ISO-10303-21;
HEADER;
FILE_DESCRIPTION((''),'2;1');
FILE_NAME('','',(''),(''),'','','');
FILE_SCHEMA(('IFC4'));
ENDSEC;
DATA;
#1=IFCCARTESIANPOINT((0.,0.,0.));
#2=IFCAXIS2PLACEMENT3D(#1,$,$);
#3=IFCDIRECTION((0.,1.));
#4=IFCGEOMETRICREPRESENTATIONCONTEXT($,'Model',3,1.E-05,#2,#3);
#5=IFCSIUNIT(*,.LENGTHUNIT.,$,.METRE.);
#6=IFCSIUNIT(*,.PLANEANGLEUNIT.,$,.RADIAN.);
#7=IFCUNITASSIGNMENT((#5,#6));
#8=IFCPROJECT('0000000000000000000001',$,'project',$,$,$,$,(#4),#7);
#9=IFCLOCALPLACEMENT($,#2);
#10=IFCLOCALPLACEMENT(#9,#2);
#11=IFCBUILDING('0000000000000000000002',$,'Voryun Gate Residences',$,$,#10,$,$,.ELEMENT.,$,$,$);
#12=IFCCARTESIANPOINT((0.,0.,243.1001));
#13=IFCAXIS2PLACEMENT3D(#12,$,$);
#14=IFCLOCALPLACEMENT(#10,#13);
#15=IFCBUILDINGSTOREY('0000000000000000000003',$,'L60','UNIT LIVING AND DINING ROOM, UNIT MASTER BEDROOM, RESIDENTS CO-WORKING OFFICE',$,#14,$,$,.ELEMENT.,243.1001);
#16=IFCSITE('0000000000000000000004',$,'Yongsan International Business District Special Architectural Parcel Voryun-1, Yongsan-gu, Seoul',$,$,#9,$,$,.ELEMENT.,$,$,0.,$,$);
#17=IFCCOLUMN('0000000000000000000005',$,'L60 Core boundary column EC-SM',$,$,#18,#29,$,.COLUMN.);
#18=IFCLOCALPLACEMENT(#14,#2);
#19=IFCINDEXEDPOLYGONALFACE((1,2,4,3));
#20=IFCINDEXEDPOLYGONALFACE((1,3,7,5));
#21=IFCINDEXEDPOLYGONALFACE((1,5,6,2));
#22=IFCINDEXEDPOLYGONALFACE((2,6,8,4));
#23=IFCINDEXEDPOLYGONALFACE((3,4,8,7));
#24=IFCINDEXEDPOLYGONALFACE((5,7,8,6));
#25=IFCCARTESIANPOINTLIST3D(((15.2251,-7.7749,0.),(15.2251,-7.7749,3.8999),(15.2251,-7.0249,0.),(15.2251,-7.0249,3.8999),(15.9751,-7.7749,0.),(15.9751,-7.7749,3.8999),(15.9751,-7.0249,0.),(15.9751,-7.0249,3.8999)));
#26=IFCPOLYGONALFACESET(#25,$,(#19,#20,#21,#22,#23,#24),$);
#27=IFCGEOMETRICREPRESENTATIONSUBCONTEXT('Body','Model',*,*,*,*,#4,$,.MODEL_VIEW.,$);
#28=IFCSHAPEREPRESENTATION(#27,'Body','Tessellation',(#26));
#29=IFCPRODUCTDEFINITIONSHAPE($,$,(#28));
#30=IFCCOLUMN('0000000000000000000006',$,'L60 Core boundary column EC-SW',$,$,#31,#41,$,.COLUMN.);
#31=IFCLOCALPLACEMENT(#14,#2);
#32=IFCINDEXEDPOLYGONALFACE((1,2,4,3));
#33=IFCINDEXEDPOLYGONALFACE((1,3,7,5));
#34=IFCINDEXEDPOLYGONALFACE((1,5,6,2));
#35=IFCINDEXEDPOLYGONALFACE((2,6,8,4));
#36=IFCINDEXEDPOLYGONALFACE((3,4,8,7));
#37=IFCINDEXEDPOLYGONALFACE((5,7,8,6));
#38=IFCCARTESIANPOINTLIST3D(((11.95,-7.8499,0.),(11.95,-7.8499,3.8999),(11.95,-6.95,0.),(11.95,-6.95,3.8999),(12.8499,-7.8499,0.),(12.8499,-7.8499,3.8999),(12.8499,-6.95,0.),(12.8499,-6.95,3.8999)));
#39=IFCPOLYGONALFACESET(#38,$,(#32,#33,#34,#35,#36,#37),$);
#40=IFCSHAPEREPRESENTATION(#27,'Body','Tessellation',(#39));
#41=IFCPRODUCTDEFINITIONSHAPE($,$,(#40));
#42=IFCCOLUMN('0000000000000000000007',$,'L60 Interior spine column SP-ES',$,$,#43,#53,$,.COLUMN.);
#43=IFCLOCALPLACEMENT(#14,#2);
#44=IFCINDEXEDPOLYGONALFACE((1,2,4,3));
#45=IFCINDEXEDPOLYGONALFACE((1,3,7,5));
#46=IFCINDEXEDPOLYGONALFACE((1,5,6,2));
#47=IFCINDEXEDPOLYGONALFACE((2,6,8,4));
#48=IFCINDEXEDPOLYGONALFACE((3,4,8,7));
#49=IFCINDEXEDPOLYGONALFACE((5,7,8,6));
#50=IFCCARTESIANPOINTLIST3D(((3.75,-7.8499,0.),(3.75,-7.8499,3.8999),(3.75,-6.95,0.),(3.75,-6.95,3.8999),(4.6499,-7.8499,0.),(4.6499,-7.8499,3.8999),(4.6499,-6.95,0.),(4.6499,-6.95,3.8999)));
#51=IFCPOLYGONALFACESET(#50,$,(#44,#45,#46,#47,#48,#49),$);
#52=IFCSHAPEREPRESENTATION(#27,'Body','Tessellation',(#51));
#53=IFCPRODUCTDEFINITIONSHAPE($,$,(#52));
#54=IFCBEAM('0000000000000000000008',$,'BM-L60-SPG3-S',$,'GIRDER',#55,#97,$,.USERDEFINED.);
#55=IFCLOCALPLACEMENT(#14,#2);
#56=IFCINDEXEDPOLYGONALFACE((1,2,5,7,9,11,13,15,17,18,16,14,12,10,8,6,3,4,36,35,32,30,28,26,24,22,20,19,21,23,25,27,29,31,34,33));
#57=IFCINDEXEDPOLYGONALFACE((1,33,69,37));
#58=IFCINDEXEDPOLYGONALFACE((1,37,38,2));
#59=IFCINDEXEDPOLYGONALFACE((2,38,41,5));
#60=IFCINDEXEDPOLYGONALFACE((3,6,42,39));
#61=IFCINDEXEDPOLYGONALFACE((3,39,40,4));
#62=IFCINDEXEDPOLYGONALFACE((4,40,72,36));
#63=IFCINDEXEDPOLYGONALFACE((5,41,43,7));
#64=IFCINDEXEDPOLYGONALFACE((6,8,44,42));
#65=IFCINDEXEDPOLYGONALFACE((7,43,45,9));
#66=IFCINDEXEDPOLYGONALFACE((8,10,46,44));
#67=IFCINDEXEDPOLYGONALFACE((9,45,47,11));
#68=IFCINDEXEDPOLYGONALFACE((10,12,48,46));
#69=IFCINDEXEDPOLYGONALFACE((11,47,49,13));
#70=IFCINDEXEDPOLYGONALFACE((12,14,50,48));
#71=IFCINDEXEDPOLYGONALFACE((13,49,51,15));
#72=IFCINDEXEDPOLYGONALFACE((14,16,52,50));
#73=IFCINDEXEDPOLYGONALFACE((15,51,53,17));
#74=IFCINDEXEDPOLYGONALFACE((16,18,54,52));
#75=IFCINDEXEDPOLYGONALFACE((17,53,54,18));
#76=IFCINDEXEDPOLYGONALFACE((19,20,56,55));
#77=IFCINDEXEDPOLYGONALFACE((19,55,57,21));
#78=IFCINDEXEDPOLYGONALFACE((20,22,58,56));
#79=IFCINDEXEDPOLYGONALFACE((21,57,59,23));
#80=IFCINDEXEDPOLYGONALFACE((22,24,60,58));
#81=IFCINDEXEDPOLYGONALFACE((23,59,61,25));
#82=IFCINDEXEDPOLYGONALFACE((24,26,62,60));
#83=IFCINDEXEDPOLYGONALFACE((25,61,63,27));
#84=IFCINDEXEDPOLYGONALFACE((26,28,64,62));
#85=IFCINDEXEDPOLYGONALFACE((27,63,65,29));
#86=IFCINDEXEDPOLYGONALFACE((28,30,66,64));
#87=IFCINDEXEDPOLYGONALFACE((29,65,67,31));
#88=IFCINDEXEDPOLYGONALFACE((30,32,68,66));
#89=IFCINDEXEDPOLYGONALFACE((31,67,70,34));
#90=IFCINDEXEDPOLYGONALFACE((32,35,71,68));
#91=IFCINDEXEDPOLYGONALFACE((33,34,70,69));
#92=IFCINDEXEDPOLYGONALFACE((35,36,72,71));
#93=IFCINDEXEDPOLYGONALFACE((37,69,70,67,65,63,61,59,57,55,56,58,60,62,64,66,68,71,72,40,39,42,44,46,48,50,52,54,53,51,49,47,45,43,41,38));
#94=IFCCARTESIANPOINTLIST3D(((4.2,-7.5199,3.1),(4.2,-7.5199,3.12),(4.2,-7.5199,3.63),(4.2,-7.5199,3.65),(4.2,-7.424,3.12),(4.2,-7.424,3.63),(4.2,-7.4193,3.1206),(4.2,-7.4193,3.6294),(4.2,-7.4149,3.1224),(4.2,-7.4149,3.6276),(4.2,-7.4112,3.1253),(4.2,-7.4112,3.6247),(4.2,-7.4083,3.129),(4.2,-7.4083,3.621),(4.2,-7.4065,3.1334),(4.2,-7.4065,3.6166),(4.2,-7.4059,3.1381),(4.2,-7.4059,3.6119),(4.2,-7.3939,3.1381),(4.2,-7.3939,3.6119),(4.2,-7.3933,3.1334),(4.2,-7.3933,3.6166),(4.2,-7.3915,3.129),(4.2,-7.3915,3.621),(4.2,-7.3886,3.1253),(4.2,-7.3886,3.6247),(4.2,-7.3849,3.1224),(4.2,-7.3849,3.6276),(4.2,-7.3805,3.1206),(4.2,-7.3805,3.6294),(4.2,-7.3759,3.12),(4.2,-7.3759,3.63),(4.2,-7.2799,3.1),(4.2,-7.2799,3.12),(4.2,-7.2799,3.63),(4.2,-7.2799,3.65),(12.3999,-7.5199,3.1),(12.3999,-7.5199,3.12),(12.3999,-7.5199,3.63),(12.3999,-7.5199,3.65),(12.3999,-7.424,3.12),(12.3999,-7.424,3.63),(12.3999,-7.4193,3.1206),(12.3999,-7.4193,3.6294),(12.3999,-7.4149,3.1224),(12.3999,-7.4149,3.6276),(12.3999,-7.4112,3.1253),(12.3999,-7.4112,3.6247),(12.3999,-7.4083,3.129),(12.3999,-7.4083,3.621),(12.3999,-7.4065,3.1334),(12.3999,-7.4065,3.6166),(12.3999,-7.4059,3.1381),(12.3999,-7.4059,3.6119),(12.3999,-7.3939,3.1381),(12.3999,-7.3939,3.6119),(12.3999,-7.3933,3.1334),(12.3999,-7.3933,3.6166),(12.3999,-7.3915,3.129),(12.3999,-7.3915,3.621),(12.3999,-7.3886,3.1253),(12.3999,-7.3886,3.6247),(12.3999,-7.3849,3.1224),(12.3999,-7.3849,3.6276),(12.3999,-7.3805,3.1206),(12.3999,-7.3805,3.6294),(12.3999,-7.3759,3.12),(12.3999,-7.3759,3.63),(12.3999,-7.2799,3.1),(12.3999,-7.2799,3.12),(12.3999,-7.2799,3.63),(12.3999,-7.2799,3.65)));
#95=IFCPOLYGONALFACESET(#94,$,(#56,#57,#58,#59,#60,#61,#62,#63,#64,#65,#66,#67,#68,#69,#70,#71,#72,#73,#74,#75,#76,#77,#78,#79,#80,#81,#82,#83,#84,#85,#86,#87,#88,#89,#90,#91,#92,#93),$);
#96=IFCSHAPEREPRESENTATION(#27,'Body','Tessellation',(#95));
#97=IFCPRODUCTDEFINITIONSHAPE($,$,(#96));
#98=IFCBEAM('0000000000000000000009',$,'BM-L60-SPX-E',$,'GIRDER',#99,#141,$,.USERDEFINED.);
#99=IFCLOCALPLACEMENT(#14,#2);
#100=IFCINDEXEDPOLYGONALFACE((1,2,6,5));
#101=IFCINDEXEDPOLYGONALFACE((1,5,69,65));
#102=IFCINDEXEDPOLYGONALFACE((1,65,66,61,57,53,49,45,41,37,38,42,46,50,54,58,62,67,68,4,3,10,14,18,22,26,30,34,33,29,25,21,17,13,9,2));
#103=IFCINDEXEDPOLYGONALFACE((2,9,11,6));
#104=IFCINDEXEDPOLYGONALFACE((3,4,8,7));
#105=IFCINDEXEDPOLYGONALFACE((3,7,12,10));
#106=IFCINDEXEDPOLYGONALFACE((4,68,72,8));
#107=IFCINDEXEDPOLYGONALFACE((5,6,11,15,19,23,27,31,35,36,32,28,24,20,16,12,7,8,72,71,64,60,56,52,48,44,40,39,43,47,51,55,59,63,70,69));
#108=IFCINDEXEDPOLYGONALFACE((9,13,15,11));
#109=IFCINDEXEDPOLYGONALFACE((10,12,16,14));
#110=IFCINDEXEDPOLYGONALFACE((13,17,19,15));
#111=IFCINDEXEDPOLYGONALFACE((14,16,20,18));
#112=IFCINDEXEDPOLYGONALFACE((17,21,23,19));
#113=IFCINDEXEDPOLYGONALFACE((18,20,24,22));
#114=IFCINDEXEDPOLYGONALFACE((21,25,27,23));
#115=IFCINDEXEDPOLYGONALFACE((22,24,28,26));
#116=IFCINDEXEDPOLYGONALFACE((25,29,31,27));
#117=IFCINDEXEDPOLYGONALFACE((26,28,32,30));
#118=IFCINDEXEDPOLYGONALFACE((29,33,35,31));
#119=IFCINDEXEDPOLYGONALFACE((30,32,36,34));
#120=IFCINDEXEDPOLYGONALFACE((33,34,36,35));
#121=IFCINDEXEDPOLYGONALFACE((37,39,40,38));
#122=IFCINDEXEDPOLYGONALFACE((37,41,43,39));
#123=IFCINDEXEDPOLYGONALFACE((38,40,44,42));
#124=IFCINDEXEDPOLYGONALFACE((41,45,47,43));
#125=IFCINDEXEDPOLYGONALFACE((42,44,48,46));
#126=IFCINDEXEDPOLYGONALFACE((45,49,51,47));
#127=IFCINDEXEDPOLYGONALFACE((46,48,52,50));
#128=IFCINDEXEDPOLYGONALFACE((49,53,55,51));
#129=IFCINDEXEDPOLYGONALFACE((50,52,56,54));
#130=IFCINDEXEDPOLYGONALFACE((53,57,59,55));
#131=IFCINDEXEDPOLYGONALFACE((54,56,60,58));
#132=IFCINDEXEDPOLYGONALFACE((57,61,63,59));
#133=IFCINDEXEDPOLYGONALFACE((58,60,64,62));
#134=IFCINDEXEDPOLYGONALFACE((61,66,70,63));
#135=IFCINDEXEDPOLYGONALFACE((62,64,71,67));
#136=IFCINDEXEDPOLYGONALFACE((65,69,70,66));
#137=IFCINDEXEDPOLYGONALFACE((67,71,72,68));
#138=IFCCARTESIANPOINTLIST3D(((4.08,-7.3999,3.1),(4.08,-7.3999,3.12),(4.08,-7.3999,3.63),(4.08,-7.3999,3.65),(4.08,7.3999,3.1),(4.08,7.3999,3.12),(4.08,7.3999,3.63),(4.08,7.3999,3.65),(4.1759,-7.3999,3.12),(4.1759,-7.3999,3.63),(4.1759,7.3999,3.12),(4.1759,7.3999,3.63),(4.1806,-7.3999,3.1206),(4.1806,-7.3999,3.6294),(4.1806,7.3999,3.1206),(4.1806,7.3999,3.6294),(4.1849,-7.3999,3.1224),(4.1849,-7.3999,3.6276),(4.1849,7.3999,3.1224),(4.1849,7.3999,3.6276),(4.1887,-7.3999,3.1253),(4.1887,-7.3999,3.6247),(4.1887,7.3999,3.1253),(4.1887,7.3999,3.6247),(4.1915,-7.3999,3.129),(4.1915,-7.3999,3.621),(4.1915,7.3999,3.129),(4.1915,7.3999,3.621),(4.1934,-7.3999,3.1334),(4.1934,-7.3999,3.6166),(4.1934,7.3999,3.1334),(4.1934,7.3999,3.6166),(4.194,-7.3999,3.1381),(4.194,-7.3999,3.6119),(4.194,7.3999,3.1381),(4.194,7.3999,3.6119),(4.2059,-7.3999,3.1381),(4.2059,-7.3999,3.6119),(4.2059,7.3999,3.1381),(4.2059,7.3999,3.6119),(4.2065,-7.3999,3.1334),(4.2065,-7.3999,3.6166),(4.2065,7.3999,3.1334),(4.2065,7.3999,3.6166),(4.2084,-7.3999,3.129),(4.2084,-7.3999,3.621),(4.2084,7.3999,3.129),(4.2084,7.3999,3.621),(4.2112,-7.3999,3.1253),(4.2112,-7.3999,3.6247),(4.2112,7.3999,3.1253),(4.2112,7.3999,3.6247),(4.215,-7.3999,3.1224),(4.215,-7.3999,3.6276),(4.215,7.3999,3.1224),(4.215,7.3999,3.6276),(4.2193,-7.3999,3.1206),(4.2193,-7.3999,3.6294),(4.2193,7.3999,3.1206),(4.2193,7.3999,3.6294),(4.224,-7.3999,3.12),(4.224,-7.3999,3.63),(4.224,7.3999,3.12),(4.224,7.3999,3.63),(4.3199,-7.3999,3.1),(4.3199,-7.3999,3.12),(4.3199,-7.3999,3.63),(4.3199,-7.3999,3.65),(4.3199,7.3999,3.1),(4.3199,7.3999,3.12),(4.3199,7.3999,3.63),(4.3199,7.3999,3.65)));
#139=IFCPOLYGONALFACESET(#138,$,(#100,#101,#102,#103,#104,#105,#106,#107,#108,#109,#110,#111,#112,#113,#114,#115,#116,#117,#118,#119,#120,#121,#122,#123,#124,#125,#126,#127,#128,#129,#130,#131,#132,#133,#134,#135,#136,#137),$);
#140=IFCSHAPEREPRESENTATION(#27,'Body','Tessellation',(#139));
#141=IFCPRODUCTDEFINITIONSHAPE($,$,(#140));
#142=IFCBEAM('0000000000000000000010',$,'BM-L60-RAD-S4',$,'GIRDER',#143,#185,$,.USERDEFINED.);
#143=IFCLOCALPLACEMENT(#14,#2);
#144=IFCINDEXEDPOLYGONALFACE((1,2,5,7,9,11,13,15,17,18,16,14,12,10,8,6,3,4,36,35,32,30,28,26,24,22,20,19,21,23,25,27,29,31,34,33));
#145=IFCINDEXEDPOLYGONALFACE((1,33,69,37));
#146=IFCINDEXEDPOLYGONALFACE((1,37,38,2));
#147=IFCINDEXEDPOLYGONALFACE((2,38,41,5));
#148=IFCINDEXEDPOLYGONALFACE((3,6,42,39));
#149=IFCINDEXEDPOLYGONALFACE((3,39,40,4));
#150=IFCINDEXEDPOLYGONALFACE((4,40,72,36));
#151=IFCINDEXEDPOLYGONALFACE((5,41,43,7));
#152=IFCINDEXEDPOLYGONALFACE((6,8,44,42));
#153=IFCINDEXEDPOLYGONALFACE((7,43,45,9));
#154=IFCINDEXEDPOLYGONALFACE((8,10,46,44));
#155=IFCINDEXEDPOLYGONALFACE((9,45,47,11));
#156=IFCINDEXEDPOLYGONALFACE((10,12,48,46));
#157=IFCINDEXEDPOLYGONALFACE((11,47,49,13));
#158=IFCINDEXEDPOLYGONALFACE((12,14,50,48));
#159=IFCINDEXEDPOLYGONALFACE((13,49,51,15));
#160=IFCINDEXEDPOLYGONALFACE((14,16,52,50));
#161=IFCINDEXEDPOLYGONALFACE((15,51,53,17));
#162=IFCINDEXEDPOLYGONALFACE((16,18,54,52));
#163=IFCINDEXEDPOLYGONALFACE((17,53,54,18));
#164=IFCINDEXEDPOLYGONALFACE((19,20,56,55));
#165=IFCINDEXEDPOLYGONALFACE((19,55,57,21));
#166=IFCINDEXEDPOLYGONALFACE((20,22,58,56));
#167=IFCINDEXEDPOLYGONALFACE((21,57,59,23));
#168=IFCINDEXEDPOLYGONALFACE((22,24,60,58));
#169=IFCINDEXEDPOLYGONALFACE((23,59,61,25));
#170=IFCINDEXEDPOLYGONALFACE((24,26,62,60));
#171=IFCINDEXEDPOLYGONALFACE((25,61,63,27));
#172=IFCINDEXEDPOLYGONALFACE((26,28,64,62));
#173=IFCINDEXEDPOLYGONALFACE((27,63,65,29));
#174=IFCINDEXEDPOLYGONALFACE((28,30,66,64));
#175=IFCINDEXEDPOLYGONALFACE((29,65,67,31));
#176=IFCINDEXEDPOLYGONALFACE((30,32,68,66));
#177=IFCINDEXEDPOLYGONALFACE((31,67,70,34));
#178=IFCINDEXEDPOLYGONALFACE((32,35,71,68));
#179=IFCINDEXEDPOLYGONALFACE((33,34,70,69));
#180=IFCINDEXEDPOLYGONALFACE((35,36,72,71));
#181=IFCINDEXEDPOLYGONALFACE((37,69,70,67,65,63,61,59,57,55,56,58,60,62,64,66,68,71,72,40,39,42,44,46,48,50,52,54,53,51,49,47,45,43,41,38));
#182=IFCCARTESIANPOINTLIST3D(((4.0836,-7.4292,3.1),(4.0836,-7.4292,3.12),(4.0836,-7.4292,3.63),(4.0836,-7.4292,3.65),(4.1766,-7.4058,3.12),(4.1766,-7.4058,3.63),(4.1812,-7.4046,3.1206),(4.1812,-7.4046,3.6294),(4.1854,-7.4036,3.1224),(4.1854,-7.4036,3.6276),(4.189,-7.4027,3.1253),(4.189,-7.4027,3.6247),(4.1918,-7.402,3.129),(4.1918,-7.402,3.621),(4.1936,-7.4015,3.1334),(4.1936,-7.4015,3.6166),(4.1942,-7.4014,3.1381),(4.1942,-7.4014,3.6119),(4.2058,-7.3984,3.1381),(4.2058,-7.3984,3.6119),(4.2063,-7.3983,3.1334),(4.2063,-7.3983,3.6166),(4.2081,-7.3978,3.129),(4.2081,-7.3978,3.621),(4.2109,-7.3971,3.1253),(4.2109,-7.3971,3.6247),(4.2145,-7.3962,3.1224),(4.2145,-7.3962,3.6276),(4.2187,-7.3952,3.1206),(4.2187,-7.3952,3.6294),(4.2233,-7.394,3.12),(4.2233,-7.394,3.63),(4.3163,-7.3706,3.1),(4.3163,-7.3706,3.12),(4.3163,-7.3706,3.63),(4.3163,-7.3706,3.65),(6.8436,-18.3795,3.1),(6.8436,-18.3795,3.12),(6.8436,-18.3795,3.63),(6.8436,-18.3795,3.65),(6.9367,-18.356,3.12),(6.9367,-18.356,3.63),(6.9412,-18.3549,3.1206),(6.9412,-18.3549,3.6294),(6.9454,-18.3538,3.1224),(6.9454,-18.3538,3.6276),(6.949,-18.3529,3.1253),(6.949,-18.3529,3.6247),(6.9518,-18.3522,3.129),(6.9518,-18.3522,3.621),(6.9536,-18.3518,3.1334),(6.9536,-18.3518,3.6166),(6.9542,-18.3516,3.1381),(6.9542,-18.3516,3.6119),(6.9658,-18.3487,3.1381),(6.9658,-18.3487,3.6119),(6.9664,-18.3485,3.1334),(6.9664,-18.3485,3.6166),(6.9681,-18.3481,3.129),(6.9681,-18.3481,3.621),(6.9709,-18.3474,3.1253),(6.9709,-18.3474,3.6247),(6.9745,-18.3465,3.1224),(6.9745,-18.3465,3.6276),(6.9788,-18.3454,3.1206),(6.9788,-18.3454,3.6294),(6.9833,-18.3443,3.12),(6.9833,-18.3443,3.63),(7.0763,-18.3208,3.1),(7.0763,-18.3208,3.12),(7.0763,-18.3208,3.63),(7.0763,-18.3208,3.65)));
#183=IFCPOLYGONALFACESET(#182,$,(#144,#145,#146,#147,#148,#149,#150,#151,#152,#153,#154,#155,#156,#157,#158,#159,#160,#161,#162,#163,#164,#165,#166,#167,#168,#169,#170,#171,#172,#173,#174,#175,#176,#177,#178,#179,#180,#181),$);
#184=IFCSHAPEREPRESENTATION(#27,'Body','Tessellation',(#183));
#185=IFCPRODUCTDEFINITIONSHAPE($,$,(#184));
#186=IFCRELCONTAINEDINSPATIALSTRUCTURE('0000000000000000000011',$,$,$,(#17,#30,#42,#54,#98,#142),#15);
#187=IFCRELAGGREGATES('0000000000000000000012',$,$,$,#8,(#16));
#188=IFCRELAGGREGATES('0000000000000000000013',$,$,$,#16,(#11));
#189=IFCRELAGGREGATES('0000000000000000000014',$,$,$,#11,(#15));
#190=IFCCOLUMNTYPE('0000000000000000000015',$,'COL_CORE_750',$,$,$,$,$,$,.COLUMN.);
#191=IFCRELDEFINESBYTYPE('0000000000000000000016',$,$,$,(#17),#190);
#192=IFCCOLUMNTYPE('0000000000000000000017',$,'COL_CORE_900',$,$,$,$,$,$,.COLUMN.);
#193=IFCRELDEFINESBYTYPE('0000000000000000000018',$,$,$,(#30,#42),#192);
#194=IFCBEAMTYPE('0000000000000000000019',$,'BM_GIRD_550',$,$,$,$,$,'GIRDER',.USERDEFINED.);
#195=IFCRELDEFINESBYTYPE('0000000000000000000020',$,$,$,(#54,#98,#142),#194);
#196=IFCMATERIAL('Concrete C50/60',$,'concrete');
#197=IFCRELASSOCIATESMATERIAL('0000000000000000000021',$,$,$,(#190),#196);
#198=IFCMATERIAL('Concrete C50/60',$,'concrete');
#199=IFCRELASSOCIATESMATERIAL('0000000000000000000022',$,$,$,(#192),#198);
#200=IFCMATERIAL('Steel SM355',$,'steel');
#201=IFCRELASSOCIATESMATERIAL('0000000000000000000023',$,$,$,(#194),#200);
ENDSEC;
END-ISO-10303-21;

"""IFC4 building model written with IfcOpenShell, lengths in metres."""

from ifc_helpers import new_model, si_unit, direction, frame, origin, origin_2d, place, context, subcontext, project, spatial, rectangle, i_section, extrude, material, material_profile, profile_set, type_object, element, save


model = new_model("IFC4")

# Units and contexts
model_context = context("Model", 3, precision=1e-05, world=origin(), true_north=direction((0.0, 1.0)))
body_context = subcontext(model_context, "Body", "Model", "MODEL_VIEW")
ifc_project = project(units=[si_unit("LENGTHUNIT", "METRE"), si_unit("PLANEANGLEUNIT", "RADIAN")], contexts=[model_context])

# Site, building, storey
site_placement = place(None, origin())
site = spatial("IfcSite", under=ifc_project, at=site_placement, Name="Yongsan International Business District Special Architectural Parcel Voryun-1, Yongsan-gu, Seoul", CompositionType="ELEMENT", RefElevation=0.0)
building_placement = place(site_placement, origin())
building = spatial("IfcBuilding", under=site, at=building_placement, Name="Voryun Gate Residences", CompositionType="ELEMENT")
storey_placement = place(building_placement, frame((0.0, 0.0, 243.1001)))
storey = spatial("IfcBuildingStorey", under=building, at=storey_placement, Name="L60", Description="UNIT LIVING AND DINING ROOM, UNIT MASTER BEDROOM, RESIDENTS CO-WORKING OFFICE", CompositionType="ELEMENT", Elevation=243.1001)

# Columns
ifc_material_1 = material(Name="Concrete C50/60", Category="concrete")
ifc_material_profile_1 = material_profile(ifc_material_1, rectangle(XDim=0.75, YDim=0.75, at=origin_2d()), Name="RC-750x750")
ifc_profile_set_1 = profile_set([ifc_material_profile_1], Name="Concrete C50/60")
column_type_1 = type_object("IfcColumnType", Name="COL_CORE_750", PredefinedType="COLUMN", material=ifc_profile_set_1)
column_placement = place(storey_placement, frame((15.6001, -7.3999, 0.0), z_axis=(0.0, 0.0, 1.0), x_axis=(1.0, 0.0, 0.0)))
element("IfcColumn", 1, at=column_placement, inside=storey, type_object=column_type_1, Name="L60 Core boundary column EC-SM", PredefinedType="COLUMN", context=body_context, shape_type="SweptSolid", body=[
    extrude(rectangle(XDim=0.75, YDim=0.75, at=origin_2d()), origin(), (0.0, 0.0, 1.0), 3.8999),
])
ifc_material_2 = material(Name="Concrete C50/60", Category="concrete")
ifc_material_profile_2 = material_profile(ifc_material_2, rectangle(XDim=0.8999, YDim=0.8999, at=origin_2d()), Name="RC-900x900")
ifc_profile_set_2 = profile_set([ifc_material_profile_2], Name="Concrete C50/60")
column_type_2 = type_object("IfcColumnType", Name="COL_CORE_900", PredefinedType="COLUMN", material=ifc_profile_set_2)
for number, where, z_axis, x_axis, name in (
    (2, (12.3999, -7.3999, 0.0), (0.0, 0.0, 1.0), (1.0, 0.0, 0.0), "L60 Core boundary column EC-SW"),
    (3, (4.2, -7.3999, 0.0), (0.0, 0.0, 1.0), (1.0, 0.0, 0.0), "L60 Interior spine column SP-ES"),
):
    element("IfcColumn", number, at=place(storey_placement, frame(where, z_axis=z_axis, x_axis=x_axis)), inside=storey, type_object=column_type_2, Name=name, PredefinedType="COLUMN", context=body_context, shape_type="SweptSolid", body=[
        extrude(rectangle(XDim=0.8999, YDim=0.8999, at=origin_2d()), origin(), (0.0, 0.0, 1.0), 3.8999),
    ])

# Beams
ifc_material_3 = material(Name="Steel SM355", Category="steel")
ifc_material_profile_3 = material_profile(ifc_material_3, i_section(OverallWidth=0.24, OverallDepth=0.55, WebThickness=0.012, FlangeThickness=0.02, FilletRadius=0.0181, at=origin_2d()), Name="H-550x240x12x20")
ifc_profile_set_3 = profile_set([ifc_material_profile_3], Name="Steel SM355")
beam_type_1 = type_object("IfcBeamType", Name="BM_GIRD_550", ElementType="GIRDER", PredefinedType="USERDEFINED", material=ifc_profile_set_3)
beam_1_placement = place(storey_placement, frame((4.2, -7.3999, 3.375), z_axis=(1.0, 0.0, 0.0), x_axis=(0.0, 1.0, 0.0)))
element("IfcBeam", 4, at=beam_1_placement, inside=storey, type_object=beam_type_1, Name="BM-L60-SPG3-S", ObjectType="GIRDER", PredefinedType="USERDEFINED", context=body_context, shape_type="SweptSolid", body=[
    extrude(i_section(OverallWidth=0.24, OverallDepth=0.55, WebThickness=0.012, FlangeThickness=0.02, FilletRadius=0.0181, at=origin_2d()), origin(), (0.0, 0.0, 1.0), 8.2),
])
beam_2_placement = place(storey_placement, frame((4.2, -7.3999, 3.375), z_axis=(0.0, 1.0, 0.0), x_axis=(-1.0, 0.0, 0.0)))
element("IfcBeam", 5, at=beam_2_placement, inside=storey, type_object=beam_type_1, Name="BM-L60-SPX-E", ObjectType="GIRDER", PredefinedType="USERDEFINED", context=body_context, shape_type="SweptSolid", body=[
    extrude(i_section(OverallWidth=0.24, OverallDepth=0.55, WebThickness=0.012, FlangeThickness=0.02, FilletRadius=0.0181, at=origin_2d()), origin(), (0.0, 0.0, 1.0), 14.7998),
])
beam_3_placement = place(storey_placement, frame((4.2, -7.3999, 3.375), z_axis=(0.244407, -0.969673, 0.0), x_axis=(0.969673, 0.244407, 0.0)))
element("IfcBeam", 6, at=beam_3_placement, inside=storey, type_object=beam_type_1, Name="BM-L60-RAD-S4", ObjectType="GIRDER", PredefinedType="USERDEFINED", context=body_context, shape_type="SweptSolid", body=[
    extrude(i_section(OverallWidth=0.24, OverallDepth=0.55, WebThickness=0.012, FlangeThickness=0.02, FilletRadius=0.0181, at=origin_2d()), origin(), (0.0, 0.0, 1.0), 11.2927),
])

save(model, "model.ifc")
